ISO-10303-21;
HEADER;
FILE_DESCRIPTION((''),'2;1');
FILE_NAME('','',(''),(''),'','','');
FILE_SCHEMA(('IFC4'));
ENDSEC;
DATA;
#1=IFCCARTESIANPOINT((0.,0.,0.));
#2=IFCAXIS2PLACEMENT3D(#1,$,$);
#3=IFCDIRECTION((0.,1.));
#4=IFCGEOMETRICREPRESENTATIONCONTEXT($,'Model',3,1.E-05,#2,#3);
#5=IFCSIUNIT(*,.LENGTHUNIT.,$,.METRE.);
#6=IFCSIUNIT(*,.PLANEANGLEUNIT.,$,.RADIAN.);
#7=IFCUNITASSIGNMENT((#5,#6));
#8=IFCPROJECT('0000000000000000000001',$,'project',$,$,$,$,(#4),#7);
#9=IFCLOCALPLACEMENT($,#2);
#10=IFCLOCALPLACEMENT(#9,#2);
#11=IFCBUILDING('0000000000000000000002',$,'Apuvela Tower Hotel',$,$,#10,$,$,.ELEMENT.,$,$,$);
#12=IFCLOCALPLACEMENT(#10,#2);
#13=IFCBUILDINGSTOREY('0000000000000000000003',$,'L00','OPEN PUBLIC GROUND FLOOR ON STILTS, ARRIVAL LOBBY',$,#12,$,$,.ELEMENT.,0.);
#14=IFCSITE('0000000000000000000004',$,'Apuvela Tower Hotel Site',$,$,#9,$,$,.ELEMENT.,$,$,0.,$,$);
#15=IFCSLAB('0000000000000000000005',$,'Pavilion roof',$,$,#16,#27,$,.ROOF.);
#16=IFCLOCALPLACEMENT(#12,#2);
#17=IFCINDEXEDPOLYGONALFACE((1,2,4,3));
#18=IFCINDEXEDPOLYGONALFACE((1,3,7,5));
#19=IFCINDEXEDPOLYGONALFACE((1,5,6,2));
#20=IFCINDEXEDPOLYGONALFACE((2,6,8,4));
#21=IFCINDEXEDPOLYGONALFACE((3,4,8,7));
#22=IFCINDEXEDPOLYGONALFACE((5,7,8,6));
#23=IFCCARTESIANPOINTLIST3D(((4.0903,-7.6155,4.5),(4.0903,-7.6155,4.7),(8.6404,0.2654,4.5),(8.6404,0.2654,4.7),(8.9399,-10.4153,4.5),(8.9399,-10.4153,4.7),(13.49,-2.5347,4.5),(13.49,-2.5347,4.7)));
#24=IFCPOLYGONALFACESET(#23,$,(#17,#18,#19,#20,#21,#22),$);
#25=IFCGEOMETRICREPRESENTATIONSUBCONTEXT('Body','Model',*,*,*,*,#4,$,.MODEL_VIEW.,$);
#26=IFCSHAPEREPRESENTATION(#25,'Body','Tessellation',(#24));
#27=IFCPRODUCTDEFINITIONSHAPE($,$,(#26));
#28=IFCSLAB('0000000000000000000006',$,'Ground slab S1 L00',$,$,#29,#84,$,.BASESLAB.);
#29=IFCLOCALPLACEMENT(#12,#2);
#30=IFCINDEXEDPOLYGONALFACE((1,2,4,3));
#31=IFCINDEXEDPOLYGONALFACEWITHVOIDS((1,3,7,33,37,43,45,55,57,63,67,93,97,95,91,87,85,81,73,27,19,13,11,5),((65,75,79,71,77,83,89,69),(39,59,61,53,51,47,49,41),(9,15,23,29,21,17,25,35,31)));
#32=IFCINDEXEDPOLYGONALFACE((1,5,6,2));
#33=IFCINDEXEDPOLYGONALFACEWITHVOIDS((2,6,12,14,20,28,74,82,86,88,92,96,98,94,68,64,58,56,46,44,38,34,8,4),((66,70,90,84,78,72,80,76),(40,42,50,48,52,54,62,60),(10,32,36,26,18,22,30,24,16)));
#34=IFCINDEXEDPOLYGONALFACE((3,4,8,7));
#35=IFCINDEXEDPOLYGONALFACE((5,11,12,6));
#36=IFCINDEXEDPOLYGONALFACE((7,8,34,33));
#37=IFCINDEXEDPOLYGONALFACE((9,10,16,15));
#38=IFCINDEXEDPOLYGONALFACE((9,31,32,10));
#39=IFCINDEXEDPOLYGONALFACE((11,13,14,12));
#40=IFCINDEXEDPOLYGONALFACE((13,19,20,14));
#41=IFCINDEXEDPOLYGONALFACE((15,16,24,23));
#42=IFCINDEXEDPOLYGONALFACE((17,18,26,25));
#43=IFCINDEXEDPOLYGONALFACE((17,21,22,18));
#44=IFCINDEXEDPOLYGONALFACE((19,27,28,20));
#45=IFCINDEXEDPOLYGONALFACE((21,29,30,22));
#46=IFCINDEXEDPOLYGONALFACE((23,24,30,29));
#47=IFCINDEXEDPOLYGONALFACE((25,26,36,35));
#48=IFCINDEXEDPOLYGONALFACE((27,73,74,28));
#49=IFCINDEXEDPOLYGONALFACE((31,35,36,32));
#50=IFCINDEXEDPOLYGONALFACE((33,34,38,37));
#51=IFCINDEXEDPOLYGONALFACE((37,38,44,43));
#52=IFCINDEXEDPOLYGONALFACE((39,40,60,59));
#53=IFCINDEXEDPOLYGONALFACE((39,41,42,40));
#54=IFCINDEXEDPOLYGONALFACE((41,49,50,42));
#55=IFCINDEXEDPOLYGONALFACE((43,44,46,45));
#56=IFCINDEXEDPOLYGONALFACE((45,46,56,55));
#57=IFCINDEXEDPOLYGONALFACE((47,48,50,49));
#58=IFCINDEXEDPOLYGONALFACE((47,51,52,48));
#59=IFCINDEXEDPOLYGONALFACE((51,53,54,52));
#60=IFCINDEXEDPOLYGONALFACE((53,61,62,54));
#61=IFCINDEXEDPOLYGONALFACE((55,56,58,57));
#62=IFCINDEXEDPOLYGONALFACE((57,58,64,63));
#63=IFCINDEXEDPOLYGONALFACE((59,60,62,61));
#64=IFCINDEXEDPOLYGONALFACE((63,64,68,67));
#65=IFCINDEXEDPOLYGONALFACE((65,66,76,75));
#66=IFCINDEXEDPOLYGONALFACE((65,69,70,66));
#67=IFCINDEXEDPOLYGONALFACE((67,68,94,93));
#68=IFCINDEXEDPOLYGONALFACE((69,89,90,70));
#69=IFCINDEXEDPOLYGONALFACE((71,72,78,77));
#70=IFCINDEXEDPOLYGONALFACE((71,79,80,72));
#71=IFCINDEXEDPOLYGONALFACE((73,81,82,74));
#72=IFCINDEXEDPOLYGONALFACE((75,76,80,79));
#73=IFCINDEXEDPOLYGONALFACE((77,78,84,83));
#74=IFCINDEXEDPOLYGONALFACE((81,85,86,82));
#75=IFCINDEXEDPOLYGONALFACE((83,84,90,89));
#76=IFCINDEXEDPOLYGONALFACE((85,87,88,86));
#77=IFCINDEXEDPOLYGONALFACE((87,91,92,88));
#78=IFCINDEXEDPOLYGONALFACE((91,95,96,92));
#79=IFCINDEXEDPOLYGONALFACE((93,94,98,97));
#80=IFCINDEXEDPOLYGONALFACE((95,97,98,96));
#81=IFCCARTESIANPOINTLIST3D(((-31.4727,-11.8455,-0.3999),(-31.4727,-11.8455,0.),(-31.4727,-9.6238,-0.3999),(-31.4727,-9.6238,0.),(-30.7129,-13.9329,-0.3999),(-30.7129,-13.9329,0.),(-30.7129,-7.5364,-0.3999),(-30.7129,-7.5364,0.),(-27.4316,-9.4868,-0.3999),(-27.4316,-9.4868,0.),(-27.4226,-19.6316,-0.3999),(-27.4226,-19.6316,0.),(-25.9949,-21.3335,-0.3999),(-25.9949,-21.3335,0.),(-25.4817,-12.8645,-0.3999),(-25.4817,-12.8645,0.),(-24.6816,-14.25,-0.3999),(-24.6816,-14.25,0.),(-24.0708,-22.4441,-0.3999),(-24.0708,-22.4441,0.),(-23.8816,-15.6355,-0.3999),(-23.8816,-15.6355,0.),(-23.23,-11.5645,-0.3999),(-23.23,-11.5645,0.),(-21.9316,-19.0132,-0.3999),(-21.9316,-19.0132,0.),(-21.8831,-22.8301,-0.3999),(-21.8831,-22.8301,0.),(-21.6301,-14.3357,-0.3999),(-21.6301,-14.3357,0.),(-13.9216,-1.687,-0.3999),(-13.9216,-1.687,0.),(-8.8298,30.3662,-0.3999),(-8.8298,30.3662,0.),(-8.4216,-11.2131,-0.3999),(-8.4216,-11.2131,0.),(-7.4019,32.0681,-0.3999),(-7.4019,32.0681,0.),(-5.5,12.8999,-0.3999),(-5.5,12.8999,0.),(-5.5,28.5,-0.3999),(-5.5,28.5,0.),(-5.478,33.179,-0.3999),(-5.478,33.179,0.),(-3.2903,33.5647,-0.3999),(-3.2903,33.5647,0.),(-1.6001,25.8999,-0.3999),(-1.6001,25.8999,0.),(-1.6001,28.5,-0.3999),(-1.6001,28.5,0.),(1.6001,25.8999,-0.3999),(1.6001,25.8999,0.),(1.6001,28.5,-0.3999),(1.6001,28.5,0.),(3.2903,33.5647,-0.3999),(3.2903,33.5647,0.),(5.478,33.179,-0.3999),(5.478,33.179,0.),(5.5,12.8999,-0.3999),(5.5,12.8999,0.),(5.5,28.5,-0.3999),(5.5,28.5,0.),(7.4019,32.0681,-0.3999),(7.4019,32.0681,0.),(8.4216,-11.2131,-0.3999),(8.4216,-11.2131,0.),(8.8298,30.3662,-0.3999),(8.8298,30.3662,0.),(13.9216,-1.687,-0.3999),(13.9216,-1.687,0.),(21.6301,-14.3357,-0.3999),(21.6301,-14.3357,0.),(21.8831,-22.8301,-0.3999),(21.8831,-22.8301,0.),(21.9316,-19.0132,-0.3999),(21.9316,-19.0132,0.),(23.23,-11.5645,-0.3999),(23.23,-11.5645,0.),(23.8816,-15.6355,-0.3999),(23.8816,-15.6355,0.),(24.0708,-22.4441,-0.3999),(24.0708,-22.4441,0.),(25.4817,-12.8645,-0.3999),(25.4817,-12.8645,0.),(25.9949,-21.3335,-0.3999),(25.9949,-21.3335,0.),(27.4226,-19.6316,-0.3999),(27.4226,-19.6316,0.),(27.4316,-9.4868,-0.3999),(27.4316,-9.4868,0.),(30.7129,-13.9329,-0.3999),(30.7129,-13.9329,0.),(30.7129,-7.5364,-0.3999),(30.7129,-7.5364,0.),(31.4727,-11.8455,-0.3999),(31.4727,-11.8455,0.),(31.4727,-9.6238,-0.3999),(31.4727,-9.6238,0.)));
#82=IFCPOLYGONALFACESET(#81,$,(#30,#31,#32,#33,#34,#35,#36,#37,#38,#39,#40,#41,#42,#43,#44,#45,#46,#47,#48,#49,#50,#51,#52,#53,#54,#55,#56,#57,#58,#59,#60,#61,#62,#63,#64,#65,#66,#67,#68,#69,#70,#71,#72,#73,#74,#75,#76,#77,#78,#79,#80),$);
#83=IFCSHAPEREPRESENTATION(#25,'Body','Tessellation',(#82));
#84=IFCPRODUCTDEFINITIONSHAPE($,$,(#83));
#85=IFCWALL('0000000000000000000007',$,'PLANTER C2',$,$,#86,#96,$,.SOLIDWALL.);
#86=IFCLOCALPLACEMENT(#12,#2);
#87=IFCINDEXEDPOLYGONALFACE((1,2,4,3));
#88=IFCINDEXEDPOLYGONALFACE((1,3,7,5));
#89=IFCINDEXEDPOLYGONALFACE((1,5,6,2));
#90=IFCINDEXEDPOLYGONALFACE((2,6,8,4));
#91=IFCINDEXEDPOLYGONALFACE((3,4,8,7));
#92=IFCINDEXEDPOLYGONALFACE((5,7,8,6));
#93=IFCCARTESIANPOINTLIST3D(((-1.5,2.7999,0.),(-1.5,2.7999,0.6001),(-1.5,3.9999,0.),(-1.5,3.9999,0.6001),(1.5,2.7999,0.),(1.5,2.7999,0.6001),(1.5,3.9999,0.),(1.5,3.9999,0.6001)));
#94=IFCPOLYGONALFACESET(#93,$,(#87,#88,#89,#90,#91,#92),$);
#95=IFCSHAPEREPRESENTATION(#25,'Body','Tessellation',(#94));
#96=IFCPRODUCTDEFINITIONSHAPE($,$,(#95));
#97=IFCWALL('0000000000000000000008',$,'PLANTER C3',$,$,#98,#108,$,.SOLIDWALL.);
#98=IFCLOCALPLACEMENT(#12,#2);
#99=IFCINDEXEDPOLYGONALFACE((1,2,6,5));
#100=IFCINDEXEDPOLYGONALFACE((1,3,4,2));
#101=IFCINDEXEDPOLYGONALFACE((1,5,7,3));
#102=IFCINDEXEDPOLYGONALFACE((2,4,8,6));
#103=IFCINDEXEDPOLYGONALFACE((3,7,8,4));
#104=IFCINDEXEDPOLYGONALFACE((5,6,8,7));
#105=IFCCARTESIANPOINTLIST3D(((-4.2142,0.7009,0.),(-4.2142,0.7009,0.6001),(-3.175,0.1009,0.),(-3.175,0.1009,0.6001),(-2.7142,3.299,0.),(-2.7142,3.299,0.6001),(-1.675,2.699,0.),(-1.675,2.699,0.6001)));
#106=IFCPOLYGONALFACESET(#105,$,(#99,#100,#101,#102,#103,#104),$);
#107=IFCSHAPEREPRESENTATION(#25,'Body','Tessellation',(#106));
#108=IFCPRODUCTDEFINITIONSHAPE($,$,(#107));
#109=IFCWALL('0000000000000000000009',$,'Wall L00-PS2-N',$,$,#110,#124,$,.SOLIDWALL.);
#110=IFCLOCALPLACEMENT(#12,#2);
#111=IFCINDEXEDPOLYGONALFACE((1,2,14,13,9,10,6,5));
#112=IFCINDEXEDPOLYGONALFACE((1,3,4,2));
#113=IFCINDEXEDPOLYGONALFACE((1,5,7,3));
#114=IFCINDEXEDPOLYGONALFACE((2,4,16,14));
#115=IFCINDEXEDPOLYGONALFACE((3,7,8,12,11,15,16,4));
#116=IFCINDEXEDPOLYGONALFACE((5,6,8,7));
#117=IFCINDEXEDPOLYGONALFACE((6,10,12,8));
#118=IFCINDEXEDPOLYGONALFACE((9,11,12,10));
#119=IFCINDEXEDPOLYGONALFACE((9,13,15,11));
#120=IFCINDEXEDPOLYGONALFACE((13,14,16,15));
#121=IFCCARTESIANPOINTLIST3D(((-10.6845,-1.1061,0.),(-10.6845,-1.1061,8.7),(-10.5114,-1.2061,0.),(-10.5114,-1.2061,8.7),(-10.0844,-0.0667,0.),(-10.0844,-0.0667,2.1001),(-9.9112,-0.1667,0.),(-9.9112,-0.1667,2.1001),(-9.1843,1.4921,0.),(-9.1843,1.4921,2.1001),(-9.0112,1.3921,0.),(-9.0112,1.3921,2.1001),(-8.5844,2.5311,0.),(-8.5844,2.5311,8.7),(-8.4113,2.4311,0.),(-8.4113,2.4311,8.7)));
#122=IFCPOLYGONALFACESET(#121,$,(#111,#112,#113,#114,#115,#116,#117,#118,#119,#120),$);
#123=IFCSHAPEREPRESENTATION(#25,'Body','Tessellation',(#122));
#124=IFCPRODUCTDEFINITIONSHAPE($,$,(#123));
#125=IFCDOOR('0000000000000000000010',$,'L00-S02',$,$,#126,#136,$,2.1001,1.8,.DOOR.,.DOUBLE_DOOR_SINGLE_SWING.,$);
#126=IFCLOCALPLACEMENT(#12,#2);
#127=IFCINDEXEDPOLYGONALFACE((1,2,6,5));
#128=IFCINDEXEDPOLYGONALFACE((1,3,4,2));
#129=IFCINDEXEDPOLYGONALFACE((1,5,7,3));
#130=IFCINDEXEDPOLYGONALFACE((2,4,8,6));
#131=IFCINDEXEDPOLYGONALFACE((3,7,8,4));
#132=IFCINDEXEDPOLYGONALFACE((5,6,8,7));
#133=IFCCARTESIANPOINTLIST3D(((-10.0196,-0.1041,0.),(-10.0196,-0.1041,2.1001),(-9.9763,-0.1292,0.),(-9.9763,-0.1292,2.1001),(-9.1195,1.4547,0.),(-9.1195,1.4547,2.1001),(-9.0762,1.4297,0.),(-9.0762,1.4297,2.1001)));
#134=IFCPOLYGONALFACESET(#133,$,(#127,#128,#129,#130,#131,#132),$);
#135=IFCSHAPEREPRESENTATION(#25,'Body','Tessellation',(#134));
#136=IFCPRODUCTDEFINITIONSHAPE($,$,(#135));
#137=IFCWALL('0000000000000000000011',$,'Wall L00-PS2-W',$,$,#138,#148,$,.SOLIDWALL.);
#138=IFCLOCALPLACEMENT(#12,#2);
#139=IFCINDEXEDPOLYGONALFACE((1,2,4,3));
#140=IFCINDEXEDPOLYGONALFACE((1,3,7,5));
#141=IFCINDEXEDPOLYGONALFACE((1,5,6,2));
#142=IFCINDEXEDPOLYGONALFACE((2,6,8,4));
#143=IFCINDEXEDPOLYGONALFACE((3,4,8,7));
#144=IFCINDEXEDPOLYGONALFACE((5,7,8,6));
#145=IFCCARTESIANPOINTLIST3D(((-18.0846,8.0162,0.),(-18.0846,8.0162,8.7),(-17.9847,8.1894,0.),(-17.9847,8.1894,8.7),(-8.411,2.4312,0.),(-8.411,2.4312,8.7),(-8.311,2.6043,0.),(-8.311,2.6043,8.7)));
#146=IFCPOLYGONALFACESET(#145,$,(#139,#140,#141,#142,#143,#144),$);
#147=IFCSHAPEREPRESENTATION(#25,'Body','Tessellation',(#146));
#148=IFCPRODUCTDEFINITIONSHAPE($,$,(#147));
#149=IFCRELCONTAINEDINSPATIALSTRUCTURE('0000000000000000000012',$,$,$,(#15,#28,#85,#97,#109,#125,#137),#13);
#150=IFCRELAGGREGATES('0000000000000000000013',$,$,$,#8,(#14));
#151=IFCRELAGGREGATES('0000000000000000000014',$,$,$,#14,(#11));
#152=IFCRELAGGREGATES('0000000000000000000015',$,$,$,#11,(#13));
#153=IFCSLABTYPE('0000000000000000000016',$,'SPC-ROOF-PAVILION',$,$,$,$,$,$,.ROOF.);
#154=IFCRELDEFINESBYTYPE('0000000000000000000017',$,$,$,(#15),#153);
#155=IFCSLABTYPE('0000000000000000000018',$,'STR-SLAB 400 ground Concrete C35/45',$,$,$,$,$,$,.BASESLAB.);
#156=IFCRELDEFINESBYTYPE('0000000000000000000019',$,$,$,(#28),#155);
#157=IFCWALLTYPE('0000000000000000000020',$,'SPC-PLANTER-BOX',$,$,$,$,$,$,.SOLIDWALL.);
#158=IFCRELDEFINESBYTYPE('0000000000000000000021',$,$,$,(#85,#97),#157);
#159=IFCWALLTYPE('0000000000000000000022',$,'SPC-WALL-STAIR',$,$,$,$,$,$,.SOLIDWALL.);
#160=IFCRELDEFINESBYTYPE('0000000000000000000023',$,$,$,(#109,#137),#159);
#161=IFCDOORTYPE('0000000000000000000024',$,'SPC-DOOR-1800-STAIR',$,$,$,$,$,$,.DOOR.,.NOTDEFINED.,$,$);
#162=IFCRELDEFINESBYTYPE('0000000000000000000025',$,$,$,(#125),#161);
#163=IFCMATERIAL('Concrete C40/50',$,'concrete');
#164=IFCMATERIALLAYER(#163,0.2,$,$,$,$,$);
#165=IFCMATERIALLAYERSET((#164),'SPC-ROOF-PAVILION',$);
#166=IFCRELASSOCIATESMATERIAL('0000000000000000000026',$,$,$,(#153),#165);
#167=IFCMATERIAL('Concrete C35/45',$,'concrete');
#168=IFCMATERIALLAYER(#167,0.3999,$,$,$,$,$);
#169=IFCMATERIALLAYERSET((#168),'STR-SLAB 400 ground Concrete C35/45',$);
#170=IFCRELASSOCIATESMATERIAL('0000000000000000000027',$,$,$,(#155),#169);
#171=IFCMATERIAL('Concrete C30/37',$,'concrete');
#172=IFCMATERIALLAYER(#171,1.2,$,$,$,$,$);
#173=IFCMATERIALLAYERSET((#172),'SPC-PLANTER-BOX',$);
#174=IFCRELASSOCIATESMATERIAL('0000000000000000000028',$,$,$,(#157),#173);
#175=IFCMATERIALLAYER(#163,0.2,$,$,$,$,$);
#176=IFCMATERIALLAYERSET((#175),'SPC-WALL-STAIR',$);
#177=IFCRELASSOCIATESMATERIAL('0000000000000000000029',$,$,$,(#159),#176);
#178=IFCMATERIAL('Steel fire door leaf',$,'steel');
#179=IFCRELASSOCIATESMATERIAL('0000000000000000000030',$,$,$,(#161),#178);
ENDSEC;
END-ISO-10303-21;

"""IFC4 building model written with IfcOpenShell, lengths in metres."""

from ifc_helpers import new_model, si_unit, direction, frame, frame_2d, origin, origin_2d, place, context, subcontext, project, spatial, polyline, rectangle, outline, extrude, material, layer, layer_set, type_object, element, fill, save


model = new_model("IFC4")

# Units and contexts
model_context = context("Model", 3, precision=1e-05, world=origin(), true_north=direction((0.0, 1.0)))
body_context = subcontext(model_context, "Body", "Model", "MODEL_VIEW")
ifc_project = project(units=[si_unit("LENGTHUNIT", "METRE"), si_unit("PLANEANGLEUNIT", "RADIAN")], contexts=[model_context])

# Site, building, storey
site_placement = place(None, origin())
site = spatial("IfcSite", under=ifc_project, at=site_placement, Name="Apuvela Tower Hotel Site", CompositionType="ELEMENT", RefElevation=0.0)
building_placement = place(site_placement, origin())
building = spatial("IfcBuilding", under=site, at=building_placement, Name="Apuvela Tower Hotel", CompositionType="ELEMENT")
storey_placement = place(building_placement, origin())
storey = spatial("IfcBuildingStorey", under=building, at=storey_placement, Name="L00", Description="OPEN PUBLIC GROUND FLOOR ON STILTS, ARRIVAL LOBBY", CompositionType="ELEMENT", Elevation=0.0)

# Shared definitions
ifc_material_1 = material(Name="Concrete C40/50", Category="concrete")

# Slabs
ifc_layer_1 = layer(ifc_material_1, 0.2)
ifc_layer_set_1 = layer_set([ifc_layer_1], Name="SPC-ROOF-PAVILION")
slab_type_1 = type_object("IfcSlabType", Name="SPC-ROOF-PAVILION", PredefinedType="ROOF", material=ifc_layer_set_1)
slab_1_placement = place(storey_placement, frame((0.0, 0.0, 4.5)))
element("IfcSlab", 1, at=slab_1_placement, inside=storey, type_object=slab_type_1, Name="Pavilion roof", PredefinedType="ROOF", context=body_context, shape_type="SweptSolid", body=[
    extrude(outline(polyline([(4.0903, -7.6155), (8.6404, 0.2654), (13.49, -2.5347), (8.9399, -10.4153), (4.0903, -7.6155)])), origin(), (0.0, 0.0, 1.0), 0.2),
])
ifc_material_2 = material(Name="Concrete C35/45", Category="concrete")
ifc_layer_2 = layer(ifc_material_2, 0.3999)
ifc_layer_set_2 = layer_set([ifc_layer_2], Name="STR-SLAB 400 ground Concrete C35/45")
slab_type_2 = type_object("IfcSlabType", Name="STR-SLAB 400 ground Concrete C35/45", PredefinedType="BASESLAB", material=ifc_layer_set_2)
slab_2_placement = place(storey_placement, frame((0.0, 0.0, -0.3999)))
element("IfcSlab", 2, at=slab_2_placement, inside=storey, type_object=slab_type_2, Name="Ground slab S1 L00", PredefinedType="BASESLAB", context=body_context, shape_type="SweptSolid", body=[
    extrude(outline(polyline([(8.8298, 30.3662), (7.4019, 32.0681), (5.478, 33.179), (3.2903, 33.5647), (-3.2903, 33.5647), (-5.478, 33.179), (-7.4019, 32.0681), (-8.8298, 30.3662), (-30.7129, -7.5364), (-31.4727, -9.6238), (-31.4727, -11.8455), (-30.7129, -13.9329), (-27.4226, -19.6316), (-25.9949, -21.3335), (-24.0708, -22.4441), (-21.8831, -22.8301), (21.8831, -22.8301), (24.0708, -22.4441), (25.9949, -21.3335), (27.4226, -19.6316), (30.7129, -13.9329), (31.4727, -11.8455), (31.4727, -9.6238), (30.7129, -7.5364), (8.8298, 30.3662)]), holes=[polyline([(-5.5, 28.5), (-1.6001, 28.5), (-1.6001, 25.8999), (1.6001, 25.8999), (1.6001, 28.5), (5.5, 28.5), (5.5, 12.8999), (-5.5, 12.8999), (-5.5, 28.5)]), polyline([(-21.9316, -19.0132), (-24.6816, -14.25), (-23.8816, -15.6355), (-21.6301, -14.3357), (-23.23, -11.5645), (-25.4817, -12.8645), (-27.4316, -9.4868), (-13.9216, -1.687), (-8.4216, -11.2131), (-21.9316, -19.0132)]), polyline([(27.4316, -9.4868), (25.4817, -12.8645), (23.23, -11.5645), (21.6301, -14.3357), (23.8816, -15.6355), (21.9316, -19.0132), (8.4216, -11.2131), (13.9216, -1.687), (27.4316, -9.4868)])]), origin(), (0.0, 0.0, 1.0), 0.3999),
])

# Walls
ifc_material_3 = material(Name="Concrete C30/37", Category="concrete")
ifc_layer_3 = layer(ifc_material_3, 1.2)
ifc_layer_set_3 = layer_set([ifc_layer_3], Name="SPC-PLANTER-BOX")
wall_type_1 = type_object("IfcWallType", Name="SPC-PLANTER-BOX", PredefinedType="SOLIDWALL", material=ifc_layer_set_3)
for number, where, z_axis, x_axis, name in (
    (3, (0.0, 3.3999, 0.0), (0.0, 0.0, 1.0), (-1.0, 0.0, 0.0), "PLANTER C2"),
    (4, (-2.9446, 1.7, 0.0), (0.0, 0.0, 1.0), (-0.5, -0.866025, 0.0), "PLANTER C3"),
):
    element("IfcWall", number, at=place(storey_placement, frame(where, z_axis=z_axis, x_axis=x_axis)), inside=storey, type_object=wall_type_1, Name=name, PredefinedType="SOLIDWALL", context=body_context, shape_type="SweptSolid", body=[
        extrude(rectangle(XDim=3.0, YDim=1.2, at=origin_2d()), origin(), (0.0, 0.0, 1.0), 0.6001),
    ])

# Wall, opening, door
ifc_layer_4 = layer(ifc_material_1, 0.2)
ifc_layer_set_4 = layer_set([ifc_layer_4], Name="SPC-WALL-STAIR")
wall_type_2 = type_object("IfcWallType", Name="SPC-WALL-STAIR", PredefinedType="SOLIDWALL", material=ifc_layer_set_4)
wall_1_placement = place(storey_placement, frame((-8.4978, 2.4812, 0.0), z_axis=(0.0, 0.0, 1.0), x_axis=(-0.500028, -0.866009, 0.0)))
wall_1 = element("IfcWall", 5, at=wall_1_placement, inside=storey, type_object=wall_type_2, Name="Wall L00-PS2-N", PredefinedType="SOLIDWALL", context=body_context, shape_type="SweptSolid", body=[
    extrude(rectangle(XDim=4.2, YDim=0.2, at=frame_2d((2.1001, 0.0))), origin(), (0.0, 0.0, 1.0), 8.7),
])
opening_placement = place(wall_1_placement, frame((1.2, 0.0, 0.0)))
opening = element("IfcOpeningElement", 6, at=opening_placement, cuts=wall_1, PredefinedType="OPENING", context=body_context, shape_type="SweptSolid", body=[
    extrude(rectangle(XDim=1.8, YDim=2.1001, at=frame_2d((0.8999, 1.05))), frame((0.0, 0.1099, 0.0), z_axis=(0.0, -1.0, 0.0), x_axis=(1.0, 0.0, 0.0)), (0.0, 0.0, 1.0), 0.22),
])
ifc_material_4 = material(Name="Steel fire door leaf", Category="steel")
door_type = type_object("IfcDoorType", Name="SPC-DOOR-1800-STAIR", OperationType="NOTDEFINED", PredefinedType="DOOR", material=ifc_material_4)
door_placement = place(opening_placement, origin())
door = element("IfcDoor", 7, at=door_placement, inside=storey, type_object=door_type, Name="L00-S02", OperationType="DOUBLE_DOOR_SINGLE_SWING", OverallHeight=2.1001, OverallWidth=1.8, PredefinedType="DOOR", context=body_context, shape_type="SweptSolid", body=[
    extrude(rectangle(XDim=1.8, YDim=2.1001, at=frame_2d((0.8999, 1.05))), frame((0.0, 0.0249, 0.0), z_axis=(0.0, -1.0, 0.0), x_axis=(1.0, 0.0, 0.0)), (0.0, 0.0, 1.0), 0.05),
])
fill(opening, door)

# Wall
wall_2_placement = place(storey_placement, frame((-8.3611, 2.5178, 0.0), z_axis=(0.0, 0.0, 1.0), x_axis=(-0.866029, 0.499994, 0.0)))
element("IfcWall", 8, at=wall_2_placement, inside=storey, type_object=wall_type_2, Name="Wall L00-PS2-W", PredefinedType="SOLIDWALL", context=body_context, shape_type="SweptSolid", body=[
    extrude(rectangle(XDim=11.1702, YDim=0.2, at=frame_2d((5.585, 0.0))), origin(), (0.0, 0.0, 1.0), 8.7),
])

save(model, "model.ifc")
